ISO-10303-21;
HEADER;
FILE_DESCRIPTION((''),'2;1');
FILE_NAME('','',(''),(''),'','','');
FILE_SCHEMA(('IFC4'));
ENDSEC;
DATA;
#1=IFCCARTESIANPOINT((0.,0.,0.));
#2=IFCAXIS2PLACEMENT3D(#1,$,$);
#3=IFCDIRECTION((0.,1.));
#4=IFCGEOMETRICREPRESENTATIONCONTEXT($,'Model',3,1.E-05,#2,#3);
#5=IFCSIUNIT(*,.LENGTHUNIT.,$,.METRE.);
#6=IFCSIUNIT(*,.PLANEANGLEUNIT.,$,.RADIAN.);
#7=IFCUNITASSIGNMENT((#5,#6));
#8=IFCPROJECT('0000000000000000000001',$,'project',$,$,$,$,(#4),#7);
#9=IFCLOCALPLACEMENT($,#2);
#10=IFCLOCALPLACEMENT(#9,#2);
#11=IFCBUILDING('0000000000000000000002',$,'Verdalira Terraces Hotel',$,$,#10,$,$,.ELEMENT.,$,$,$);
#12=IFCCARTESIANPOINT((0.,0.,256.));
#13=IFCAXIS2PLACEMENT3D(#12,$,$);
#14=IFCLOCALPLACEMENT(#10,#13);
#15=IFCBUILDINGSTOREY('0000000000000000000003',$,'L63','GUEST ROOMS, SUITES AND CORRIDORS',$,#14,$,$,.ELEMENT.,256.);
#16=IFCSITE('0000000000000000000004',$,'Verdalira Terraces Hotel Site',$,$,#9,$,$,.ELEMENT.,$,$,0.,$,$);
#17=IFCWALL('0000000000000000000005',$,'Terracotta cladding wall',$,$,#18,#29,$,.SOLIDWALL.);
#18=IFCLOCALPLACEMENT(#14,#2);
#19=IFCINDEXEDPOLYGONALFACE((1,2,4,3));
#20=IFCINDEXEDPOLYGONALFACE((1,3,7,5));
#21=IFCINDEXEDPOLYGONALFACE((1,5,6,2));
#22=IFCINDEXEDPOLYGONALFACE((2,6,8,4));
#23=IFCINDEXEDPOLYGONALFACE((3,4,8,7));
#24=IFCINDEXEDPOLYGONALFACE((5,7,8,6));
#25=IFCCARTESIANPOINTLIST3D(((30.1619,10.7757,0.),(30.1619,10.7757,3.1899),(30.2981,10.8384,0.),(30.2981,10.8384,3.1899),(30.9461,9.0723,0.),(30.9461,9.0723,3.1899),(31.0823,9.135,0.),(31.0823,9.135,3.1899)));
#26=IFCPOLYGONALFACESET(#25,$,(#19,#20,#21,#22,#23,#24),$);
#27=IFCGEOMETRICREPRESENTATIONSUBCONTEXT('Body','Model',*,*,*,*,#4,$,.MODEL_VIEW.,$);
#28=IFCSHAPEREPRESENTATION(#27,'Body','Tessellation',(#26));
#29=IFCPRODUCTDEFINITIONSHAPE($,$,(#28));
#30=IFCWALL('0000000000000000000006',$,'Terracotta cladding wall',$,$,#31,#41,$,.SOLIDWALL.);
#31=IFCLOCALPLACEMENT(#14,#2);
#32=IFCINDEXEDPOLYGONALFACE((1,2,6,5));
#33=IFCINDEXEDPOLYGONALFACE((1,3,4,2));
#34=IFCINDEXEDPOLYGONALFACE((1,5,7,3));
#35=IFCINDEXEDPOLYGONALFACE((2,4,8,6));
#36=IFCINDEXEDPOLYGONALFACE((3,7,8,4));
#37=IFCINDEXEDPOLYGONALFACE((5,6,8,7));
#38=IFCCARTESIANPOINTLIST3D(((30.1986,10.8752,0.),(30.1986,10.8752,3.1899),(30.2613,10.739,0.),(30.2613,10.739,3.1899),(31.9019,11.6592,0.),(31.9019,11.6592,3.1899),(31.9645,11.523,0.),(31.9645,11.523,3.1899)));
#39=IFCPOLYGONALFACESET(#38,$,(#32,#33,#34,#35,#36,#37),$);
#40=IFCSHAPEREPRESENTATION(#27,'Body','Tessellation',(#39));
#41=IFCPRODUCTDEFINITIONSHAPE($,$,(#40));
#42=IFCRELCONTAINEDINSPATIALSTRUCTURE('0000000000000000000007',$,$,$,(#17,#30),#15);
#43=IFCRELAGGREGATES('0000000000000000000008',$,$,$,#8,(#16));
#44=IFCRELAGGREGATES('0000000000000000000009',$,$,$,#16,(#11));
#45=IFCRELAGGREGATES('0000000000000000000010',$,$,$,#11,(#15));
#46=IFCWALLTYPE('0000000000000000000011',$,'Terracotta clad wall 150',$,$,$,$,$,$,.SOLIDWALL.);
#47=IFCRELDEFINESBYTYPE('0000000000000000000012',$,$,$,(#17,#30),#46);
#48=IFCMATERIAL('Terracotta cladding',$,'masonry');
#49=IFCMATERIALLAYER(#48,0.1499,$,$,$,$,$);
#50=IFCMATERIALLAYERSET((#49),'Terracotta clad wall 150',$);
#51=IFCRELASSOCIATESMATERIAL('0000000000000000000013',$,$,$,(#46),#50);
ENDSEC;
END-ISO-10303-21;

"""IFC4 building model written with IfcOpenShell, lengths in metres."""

from ifc_helpers import new_model, si_unit, direction, frame, frame_2d, origin, place, context, subcontext, project, spatial, rectangle, extrude, material, layer, layer_set, type_object, element, save


model = new_model("IFC4")

# Units and contexts
model_context = context("Model", 3, precision=1e-05, world=origin(), true_north=direction((0.0, 1.0)))
body_context = subcontext(model_context, "Body", "Model", "MODEL_VIEW")
ifc_project = project(units=[si_unit("LENGTHUNIT", "METRE"), si_unit("PLANEANGLEUNIT", "RADIAN")], contexts=[model_context])

# Site, building, storey
site_placement = place(None, origin())
site = spatial("IfcSite", under=ifc_project, at=site_placement, Name="Verdalira Terraces Hotel Site", CompositionType="ELEMENT", RefElevation=0.0)
building_placement = place(site_placement, origin())
building = spatial("IfcBuilding", under=site, at=building_placement, Name="Verdalira Terraces Hotel", CompositionType="ELEMENT")
storey_placement = place(building_placement, frame((0.0, 0.0, 256.0)))
storey = spatial("IfcBuildingStorey", under=building, at=storey_placement, Name="L63", Description="GUEST ROOMS, SUITES AND CORRIDORS", CompositionType="ELEMENT", Elevation=256.0)

# Walls
ifc_material_1 = material(Name="Terracotta cladding", Category="masonry")
ifc_layer_1 = layer(ifc_material_1, 0.1499)
ifc_layer_set_1 = layer_set([ifc_layer_1], Name="Terracotta clad wall 150")
wall_type_1 = type_object("IfcWallType", Name="Terracotta clad wall 150", PredefinedType="SOLIDWALL", material=ifc_layer_set_1)
wall_1_placement = place(storey_placement, frame((31.0142, 9.1038, 0.0), z_axis=(0.0, 0.0, 1.0), x_axis=(-0.418183, 0.908363, 0.0)))
element("IfcWall", 1, at=wall_1_placement, inside=storey, type_object=wall_type_1, Name="Terracotta cladding wall", PredefinedType="SOLIDWALL", context=body_context, shape_type="SweptSolid", body=[
    extrude(rectangle(XDim=1.8752, YDim=0.1499, at=frame_2d((0.9375, 0.0))), origin(), (0.0, 0.0, 1.0), 3.1899),
])
wall_2_placement = place(storey_placement, frame((30.23, 10.8071, 0.0), z_axis=(0.0, 0.0, 1.0), x_axis=(0.90839, 0.418125, 0.0)))
element("IfcWall", 2, at=wall_2_placement, inside=storey, type_object=wall_type_1, Name="Terracotta cladding wall", PredefinedType="SOLIDWALL", context=body_context, shape_type="SweptSolid", body=[
    extrude(rectangle(XDim=1.875, YDim=0.1499, at=frame_2d((0.9375, 0.0))), origin(), (0.0, 0.0, 1.0), 3.1899),
])

save(model, "model.ifc")
